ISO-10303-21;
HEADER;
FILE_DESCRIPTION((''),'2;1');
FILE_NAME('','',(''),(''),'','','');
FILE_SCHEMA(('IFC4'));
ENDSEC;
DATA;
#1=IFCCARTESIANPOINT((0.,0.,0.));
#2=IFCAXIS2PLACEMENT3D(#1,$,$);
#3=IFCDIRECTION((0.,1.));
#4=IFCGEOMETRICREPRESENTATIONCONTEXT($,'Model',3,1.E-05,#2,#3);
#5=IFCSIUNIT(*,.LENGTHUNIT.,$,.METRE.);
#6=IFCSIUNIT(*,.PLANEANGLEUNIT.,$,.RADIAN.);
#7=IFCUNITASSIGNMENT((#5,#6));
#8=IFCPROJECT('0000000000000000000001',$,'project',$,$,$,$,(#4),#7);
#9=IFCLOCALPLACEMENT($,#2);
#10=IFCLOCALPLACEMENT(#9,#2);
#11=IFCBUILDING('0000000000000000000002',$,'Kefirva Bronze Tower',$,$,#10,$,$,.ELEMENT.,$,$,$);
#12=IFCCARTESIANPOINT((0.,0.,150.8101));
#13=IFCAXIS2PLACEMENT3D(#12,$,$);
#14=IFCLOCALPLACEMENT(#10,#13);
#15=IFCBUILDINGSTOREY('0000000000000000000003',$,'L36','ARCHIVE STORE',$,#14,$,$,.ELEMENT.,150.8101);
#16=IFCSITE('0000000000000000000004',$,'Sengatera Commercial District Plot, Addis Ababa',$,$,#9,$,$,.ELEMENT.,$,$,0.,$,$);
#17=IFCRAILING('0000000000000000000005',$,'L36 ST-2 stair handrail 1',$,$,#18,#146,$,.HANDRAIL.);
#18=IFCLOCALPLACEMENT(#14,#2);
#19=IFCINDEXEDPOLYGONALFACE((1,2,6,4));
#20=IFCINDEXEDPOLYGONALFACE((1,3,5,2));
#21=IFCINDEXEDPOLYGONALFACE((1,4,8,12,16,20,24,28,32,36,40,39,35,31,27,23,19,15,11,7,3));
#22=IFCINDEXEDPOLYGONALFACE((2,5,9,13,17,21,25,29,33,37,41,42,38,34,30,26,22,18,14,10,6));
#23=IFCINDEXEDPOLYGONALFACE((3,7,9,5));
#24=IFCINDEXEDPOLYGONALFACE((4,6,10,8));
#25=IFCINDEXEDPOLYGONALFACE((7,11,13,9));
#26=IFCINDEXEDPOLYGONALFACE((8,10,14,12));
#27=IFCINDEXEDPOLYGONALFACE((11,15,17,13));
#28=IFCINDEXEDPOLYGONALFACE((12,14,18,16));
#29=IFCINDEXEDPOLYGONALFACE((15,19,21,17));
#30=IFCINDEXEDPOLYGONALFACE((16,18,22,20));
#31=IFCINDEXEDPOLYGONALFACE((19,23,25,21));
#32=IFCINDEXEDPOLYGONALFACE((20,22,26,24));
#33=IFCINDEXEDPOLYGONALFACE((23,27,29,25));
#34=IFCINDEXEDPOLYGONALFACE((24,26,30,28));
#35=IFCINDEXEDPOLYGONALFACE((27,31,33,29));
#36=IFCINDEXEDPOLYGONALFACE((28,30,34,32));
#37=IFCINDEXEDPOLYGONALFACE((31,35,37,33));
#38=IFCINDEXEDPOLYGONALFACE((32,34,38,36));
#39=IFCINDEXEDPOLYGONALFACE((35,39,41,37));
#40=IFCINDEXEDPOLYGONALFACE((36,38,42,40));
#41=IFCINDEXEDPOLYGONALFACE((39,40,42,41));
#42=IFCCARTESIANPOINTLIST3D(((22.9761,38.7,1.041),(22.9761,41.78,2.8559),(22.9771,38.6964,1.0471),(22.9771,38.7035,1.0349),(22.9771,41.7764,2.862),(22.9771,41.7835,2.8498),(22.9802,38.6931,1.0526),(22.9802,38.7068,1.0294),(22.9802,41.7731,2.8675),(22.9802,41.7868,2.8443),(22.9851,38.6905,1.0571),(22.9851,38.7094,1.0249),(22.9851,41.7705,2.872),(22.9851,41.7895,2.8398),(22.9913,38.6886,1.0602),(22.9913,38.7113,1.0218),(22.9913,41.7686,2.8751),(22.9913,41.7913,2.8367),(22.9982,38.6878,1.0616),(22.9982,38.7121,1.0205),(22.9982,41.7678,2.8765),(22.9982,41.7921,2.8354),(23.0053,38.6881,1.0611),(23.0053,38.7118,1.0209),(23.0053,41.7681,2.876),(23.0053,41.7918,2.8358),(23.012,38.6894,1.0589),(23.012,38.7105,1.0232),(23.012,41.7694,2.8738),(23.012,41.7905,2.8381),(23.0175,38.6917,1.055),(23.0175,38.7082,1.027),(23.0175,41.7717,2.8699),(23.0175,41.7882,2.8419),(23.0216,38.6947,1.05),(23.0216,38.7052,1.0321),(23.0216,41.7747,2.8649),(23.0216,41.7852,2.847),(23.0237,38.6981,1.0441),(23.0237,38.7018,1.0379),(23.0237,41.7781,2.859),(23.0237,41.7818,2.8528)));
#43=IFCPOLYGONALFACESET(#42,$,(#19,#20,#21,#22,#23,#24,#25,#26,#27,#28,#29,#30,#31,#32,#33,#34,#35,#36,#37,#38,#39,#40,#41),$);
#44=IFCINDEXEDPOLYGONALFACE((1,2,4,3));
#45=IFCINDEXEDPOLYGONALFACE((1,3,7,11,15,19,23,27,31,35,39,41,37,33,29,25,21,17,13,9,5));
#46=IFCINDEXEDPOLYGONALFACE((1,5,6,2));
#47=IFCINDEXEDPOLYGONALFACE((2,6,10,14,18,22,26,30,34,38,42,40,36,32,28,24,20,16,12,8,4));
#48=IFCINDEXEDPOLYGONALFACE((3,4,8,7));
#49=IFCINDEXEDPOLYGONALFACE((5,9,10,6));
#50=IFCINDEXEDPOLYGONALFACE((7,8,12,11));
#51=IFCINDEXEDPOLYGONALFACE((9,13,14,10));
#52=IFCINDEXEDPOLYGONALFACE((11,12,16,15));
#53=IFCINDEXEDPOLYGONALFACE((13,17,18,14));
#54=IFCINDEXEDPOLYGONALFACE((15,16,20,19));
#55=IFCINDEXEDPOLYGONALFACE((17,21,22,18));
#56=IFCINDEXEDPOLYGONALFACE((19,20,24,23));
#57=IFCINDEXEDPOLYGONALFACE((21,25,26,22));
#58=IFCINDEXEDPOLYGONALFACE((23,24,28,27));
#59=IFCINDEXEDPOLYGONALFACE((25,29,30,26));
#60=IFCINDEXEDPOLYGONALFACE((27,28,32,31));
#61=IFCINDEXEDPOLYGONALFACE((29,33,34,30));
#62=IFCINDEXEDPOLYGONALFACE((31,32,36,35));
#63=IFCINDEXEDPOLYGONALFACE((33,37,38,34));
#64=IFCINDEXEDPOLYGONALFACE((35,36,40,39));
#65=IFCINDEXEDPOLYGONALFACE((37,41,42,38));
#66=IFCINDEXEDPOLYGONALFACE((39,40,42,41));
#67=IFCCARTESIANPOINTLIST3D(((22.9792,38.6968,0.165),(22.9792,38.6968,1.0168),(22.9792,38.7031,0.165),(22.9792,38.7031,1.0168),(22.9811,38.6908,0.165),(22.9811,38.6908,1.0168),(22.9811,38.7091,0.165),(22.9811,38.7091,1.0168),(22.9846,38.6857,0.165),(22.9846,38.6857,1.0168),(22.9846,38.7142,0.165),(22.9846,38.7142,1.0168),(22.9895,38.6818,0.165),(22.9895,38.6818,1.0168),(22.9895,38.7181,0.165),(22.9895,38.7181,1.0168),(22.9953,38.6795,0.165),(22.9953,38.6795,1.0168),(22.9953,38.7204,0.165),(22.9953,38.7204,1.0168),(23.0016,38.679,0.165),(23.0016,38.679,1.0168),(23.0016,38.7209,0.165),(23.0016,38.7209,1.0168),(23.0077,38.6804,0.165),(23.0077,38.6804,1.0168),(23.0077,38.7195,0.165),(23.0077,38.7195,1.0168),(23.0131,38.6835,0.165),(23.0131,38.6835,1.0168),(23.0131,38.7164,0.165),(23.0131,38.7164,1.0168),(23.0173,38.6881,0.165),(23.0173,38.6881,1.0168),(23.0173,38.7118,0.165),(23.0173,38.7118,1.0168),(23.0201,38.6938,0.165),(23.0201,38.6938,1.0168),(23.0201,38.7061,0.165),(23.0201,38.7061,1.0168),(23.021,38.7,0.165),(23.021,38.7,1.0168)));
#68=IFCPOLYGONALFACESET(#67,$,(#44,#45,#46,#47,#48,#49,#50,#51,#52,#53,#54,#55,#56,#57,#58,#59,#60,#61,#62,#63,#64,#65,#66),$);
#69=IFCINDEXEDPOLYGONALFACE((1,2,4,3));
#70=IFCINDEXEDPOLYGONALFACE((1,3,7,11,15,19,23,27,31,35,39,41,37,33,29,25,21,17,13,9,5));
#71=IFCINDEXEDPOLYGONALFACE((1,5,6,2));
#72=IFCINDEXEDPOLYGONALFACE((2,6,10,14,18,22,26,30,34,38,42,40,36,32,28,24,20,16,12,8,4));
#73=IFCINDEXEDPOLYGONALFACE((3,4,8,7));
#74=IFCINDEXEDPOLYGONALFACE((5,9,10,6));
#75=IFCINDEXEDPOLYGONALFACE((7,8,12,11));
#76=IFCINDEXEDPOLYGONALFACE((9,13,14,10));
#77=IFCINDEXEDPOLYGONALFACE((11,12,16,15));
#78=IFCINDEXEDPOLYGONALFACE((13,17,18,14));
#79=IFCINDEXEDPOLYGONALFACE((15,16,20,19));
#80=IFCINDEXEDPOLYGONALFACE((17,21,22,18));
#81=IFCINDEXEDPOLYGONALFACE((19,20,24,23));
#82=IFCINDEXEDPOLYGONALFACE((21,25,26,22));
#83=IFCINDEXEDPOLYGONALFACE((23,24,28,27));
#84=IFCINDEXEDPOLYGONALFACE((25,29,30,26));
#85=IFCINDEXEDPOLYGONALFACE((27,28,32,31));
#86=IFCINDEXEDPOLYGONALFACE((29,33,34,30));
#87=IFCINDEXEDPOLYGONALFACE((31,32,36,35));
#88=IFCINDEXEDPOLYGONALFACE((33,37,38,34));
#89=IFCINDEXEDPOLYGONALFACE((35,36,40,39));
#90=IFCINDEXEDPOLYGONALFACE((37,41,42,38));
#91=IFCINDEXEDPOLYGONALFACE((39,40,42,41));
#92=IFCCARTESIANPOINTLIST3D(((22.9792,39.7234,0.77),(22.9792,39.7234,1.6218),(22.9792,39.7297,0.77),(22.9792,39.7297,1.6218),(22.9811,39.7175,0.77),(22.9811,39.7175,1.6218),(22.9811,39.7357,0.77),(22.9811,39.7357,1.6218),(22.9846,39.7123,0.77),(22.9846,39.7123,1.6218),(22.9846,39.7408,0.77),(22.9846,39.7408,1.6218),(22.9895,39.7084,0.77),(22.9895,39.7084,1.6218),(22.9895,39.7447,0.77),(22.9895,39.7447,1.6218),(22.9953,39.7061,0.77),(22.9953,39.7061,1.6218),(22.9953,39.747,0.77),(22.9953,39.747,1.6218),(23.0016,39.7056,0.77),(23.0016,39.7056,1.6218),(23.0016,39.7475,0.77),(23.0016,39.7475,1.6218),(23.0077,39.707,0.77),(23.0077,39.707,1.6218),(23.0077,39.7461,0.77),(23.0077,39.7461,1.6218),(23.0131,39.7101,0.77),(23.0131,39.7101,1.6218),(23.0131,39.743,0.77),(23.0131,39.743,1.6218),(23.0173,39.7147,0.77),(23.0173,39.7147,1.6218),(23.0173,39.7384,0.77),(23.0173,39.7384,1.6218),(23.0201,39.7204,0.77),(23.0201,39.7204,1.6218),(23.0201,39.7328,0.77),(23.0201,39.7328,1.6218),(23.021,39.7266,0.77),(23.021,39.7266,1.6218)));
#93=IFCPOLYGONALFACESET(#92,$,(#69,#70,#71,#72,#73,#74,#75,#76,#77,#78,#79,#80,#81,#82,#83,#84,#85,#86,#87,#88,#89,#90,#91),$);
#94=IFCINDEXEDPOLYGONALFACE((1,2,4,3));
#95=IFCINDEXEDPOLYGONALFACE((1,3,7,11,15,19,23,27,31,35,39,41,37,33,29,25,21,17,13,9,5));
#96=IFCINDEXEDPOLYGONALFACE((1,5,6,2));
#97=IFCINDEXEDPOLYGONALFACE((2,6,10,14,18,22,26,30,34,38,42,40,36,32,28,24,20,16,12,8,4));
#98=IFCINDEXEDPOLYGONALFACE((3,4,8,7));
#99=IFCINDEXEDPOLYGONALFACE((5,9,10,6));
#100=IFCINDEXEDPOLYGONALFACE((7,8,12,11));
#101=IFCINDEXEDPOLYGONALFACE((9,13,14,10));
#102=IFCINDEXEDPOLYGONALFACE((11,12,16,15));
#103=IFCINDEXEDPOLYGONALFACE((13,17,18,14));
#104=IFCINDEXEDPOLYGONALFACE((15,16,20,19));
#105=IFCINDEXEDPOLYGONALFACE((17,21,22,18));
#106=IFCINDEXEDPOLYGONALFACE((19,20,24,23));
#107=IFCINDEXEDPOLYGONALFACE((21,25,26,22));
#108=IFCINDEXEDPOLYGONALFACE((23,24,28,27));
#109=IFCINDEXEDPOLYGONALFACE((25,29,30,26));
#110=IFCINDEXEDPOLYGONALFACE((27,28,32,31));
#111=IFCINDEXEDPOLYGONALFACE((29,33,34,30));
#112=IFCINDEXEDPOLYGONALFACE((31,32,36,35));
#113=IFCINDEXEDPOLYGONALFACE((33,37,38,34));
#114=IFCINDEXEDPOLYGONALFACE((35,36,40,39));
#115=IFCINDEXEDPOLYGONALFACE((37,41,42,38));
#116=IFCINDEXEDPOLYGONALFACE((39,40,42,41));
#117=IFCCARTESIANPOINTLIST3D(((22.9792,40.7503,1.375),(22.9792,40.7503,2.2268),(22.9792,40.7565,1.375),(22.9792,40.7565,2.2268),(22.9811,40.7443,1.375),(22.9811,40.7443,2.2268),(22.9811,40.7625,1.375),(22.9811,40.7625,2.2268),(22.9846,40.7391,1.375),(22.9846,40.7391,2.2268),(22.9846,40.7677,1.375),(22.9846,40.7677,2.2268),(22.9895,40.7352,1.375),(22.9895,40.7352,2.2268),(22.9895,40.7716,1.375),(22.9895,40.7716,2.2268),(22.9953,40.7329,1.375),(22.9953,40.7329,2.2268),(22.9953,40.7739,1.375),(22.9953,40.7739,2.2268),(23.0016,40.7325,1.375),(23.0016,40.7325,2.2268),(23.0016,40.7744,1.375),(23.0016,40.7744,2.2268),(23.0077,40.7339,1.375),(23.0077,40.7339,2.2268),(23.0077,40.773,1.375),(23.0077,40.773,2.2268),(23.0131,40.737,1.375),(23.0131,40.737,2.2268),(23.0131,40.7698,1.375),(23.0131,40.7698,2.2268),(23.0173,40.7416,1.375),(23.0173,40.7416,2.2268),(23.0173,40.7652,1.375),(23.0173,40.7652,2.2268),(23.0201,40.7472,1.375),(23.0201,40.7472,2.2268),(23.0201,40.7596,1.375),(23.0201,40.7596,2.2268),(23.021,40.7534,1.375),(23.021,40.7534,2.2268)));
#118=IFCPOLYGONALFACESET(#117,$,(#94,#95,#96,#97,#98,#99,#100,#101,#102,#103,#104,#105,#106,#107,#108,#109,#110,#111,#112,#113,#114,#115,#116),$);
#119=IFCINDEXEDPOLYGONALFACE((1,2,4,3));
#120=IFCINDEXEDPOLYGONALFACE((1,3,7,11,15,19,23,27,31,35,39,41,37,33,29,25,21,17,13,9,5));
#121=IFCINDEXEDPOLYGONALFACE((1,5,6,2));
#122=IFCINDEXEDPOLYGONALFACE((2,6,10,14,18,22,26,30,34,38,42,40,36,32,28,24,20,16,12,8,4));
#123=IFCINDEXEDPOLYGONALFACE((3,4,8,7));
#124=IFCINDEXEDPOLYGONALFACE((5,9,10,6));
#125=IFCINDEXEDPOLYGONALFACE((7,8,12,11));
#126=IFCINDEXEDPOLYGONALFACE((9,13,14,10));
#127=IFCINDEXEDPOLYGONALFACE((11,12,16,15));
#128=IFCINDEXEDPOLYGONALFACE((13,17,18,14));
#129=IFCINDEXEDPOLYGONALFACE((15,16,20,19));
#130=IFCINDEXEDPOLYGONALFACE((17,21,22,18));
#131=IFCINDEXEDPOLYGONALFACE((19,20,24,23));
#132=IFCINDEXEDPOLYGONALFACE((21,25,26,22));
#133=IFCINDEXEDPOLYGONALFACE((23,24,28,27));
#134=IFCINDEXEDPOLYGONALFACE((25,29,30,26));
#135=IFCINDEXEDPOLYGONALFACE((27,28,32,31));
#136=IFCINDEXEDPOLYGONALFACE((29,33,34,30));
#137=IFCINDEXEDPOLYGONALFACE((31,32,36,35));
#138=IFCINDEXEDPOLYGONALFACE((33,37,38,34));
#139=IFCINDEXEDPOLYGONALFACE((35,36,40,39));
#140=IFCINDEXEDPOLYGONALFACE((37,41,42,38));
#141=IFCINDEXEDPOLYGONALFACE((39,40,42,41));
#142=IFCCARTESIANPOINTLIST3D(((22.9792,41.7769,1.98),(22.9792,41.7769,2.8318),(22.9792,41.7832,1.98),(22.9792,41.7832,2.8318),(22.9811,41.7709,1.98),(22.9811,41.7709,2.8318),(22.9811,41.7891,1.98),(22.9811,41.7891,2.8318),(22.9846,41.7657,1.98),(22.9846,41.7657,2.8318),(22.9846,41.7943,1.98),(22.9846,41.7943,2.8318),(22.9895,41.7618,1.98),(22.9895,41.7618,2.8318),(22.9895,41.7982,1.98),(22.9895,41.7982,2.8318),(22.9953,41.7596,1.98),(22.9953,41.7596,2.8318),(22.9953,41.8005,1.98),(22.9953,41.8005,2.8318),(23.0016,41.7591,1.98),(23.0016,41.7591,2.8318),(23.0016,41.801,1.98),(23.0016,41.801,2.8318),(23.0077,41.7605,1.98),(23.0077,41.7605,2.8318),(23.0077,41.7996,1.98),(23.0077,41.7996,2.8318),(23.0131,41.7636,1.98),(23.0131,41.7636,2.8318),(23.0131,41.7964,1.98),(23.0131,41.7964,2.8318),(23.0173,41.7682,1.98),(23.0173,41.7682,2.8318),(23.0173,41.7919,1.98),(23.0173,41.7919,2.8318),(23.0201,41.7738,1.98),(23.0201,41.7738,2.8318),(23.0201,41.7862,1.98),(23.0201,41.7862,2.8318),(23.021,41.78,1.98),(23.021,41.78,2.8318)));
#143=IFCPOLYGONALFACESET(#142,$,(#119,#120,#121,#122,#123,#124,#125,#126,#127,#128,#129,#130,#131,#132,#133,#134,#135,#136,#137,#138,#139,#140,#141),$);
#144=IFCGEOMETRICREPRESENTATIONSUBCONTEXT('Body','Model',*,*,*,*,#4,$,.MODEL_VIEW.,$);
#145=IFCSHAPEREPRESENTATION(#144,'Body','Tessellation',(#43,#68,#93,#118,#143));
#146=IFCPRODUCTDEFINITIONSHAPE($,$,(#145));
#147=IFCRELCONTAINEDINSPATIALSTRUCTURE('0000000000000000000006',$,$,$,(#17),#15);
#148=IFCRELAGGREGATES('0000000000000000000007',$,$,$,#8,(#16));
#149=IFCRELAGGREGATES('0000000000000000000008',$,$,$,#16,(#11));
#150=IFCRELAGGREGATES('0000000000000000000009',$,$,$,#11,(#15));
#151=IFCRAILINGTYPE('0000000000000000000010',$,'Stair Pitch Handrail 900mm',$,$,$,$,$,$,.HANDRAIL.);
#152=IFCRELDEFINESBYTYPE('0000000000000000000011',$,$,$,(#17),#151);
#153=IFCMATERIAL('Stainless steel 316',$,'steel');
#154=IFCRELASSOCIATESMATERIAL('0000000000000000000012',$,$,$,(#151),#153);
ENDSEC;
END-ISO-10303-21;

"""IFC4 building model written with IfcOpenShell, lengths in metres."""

from ifc_helpers import new_model, si_unit, direction, frame, origin, origin_2d, place, context, subcontext, project, spatial, circle, extrude, material, type_object, element, save


model = new_model("IFC4")

# Units and contexts
model_context = context("Model", 3, precision=1e-05, world=origin(), true_north=direction((0.0, 1.0)))
body_context = subcontext(model_context, "Body", "Model", "MODEL_VIEW")
ifc_project = project(units=[si_unit("LENGTHUNIT", "METRE"), si_unit("PLANEANGLEUNIT", "RADIAN")], contexts=[model_context])

# Site, building, storey
site_placement = place(None, origin())
site = spatial("IfcSite", under=ifc_project, at=site_placement, Name="Sengatera Commercial District Plot, Addis Ababa", CompositionType="ELEMENT", RefElevation=0.0)
building_placement = place(site_placement, origin())
building = spatial("IfcBuilding", under=site, at=building_placement, Name="Kefirva Bronze Tower", CompositionType="ELEMENT")
storey_placement = place(building_placement, frame((0.0, 0.0, 150.8101)))
storey = spatial("IfcBuildingStorey", under=building, at=storey_placement, Name="L36", Description="ARCHIVE STORE", CompositionType="ELEMENT", Elevation=150.8101)

# Railing
ifc_material_1 = material(Name="Stainless steel 316", Category="steel")
railing_type_1 = type_object("IfcRailingType", Name="Stair Pitch Handrail 900mm", PredefinedType="HANDRAIL", material=ifc_material_1)
railing_1_placement = place(storey_placement, frame((23.0, 38.7, 0.165)))
element("IfcRailing", 1, at=railing_1_placement, inside=storey, type_object=railing_type_1, Name="L36 ST-2 stair handrail 1", PredefinedType="HANDRAIL", context=body_context, shape_type="SweptSolid", body=[
    extrude(circle(Radius=0.0239, at=origin_2d()), frame((0.0, 0.0, 0.876), z_axis=(0.0, 0.861551, 0.507671), x_axis=(-1.0, 0.0, 0.0)), (0.0, 0.0, 1.0), 3.575),
    extrude(circle(Radius=0.021, at=origin_2d()), origin(), (0.0, 0.0, 1.0), 0.8518),
    extrude(circle(Radius=0.021, at=origin_2d()), frame((0.0, 1.0266, 0.605)), (0.0, 0.0, 1.0), 0.8518),
    extrude(circle(Radius=0.021, at=origin_2d()), frame((0.0, 2.0535, 1.21)), (0.0, 0.0, 1.0), 0.8518),
    extrude(circle(Radius=0.021, at=origin_2d()), frame((0.0, 3.0801, 1.8149)), (0.0, 0.0, 1.0), 0.8518),
])

save(model, "model.ifc")
